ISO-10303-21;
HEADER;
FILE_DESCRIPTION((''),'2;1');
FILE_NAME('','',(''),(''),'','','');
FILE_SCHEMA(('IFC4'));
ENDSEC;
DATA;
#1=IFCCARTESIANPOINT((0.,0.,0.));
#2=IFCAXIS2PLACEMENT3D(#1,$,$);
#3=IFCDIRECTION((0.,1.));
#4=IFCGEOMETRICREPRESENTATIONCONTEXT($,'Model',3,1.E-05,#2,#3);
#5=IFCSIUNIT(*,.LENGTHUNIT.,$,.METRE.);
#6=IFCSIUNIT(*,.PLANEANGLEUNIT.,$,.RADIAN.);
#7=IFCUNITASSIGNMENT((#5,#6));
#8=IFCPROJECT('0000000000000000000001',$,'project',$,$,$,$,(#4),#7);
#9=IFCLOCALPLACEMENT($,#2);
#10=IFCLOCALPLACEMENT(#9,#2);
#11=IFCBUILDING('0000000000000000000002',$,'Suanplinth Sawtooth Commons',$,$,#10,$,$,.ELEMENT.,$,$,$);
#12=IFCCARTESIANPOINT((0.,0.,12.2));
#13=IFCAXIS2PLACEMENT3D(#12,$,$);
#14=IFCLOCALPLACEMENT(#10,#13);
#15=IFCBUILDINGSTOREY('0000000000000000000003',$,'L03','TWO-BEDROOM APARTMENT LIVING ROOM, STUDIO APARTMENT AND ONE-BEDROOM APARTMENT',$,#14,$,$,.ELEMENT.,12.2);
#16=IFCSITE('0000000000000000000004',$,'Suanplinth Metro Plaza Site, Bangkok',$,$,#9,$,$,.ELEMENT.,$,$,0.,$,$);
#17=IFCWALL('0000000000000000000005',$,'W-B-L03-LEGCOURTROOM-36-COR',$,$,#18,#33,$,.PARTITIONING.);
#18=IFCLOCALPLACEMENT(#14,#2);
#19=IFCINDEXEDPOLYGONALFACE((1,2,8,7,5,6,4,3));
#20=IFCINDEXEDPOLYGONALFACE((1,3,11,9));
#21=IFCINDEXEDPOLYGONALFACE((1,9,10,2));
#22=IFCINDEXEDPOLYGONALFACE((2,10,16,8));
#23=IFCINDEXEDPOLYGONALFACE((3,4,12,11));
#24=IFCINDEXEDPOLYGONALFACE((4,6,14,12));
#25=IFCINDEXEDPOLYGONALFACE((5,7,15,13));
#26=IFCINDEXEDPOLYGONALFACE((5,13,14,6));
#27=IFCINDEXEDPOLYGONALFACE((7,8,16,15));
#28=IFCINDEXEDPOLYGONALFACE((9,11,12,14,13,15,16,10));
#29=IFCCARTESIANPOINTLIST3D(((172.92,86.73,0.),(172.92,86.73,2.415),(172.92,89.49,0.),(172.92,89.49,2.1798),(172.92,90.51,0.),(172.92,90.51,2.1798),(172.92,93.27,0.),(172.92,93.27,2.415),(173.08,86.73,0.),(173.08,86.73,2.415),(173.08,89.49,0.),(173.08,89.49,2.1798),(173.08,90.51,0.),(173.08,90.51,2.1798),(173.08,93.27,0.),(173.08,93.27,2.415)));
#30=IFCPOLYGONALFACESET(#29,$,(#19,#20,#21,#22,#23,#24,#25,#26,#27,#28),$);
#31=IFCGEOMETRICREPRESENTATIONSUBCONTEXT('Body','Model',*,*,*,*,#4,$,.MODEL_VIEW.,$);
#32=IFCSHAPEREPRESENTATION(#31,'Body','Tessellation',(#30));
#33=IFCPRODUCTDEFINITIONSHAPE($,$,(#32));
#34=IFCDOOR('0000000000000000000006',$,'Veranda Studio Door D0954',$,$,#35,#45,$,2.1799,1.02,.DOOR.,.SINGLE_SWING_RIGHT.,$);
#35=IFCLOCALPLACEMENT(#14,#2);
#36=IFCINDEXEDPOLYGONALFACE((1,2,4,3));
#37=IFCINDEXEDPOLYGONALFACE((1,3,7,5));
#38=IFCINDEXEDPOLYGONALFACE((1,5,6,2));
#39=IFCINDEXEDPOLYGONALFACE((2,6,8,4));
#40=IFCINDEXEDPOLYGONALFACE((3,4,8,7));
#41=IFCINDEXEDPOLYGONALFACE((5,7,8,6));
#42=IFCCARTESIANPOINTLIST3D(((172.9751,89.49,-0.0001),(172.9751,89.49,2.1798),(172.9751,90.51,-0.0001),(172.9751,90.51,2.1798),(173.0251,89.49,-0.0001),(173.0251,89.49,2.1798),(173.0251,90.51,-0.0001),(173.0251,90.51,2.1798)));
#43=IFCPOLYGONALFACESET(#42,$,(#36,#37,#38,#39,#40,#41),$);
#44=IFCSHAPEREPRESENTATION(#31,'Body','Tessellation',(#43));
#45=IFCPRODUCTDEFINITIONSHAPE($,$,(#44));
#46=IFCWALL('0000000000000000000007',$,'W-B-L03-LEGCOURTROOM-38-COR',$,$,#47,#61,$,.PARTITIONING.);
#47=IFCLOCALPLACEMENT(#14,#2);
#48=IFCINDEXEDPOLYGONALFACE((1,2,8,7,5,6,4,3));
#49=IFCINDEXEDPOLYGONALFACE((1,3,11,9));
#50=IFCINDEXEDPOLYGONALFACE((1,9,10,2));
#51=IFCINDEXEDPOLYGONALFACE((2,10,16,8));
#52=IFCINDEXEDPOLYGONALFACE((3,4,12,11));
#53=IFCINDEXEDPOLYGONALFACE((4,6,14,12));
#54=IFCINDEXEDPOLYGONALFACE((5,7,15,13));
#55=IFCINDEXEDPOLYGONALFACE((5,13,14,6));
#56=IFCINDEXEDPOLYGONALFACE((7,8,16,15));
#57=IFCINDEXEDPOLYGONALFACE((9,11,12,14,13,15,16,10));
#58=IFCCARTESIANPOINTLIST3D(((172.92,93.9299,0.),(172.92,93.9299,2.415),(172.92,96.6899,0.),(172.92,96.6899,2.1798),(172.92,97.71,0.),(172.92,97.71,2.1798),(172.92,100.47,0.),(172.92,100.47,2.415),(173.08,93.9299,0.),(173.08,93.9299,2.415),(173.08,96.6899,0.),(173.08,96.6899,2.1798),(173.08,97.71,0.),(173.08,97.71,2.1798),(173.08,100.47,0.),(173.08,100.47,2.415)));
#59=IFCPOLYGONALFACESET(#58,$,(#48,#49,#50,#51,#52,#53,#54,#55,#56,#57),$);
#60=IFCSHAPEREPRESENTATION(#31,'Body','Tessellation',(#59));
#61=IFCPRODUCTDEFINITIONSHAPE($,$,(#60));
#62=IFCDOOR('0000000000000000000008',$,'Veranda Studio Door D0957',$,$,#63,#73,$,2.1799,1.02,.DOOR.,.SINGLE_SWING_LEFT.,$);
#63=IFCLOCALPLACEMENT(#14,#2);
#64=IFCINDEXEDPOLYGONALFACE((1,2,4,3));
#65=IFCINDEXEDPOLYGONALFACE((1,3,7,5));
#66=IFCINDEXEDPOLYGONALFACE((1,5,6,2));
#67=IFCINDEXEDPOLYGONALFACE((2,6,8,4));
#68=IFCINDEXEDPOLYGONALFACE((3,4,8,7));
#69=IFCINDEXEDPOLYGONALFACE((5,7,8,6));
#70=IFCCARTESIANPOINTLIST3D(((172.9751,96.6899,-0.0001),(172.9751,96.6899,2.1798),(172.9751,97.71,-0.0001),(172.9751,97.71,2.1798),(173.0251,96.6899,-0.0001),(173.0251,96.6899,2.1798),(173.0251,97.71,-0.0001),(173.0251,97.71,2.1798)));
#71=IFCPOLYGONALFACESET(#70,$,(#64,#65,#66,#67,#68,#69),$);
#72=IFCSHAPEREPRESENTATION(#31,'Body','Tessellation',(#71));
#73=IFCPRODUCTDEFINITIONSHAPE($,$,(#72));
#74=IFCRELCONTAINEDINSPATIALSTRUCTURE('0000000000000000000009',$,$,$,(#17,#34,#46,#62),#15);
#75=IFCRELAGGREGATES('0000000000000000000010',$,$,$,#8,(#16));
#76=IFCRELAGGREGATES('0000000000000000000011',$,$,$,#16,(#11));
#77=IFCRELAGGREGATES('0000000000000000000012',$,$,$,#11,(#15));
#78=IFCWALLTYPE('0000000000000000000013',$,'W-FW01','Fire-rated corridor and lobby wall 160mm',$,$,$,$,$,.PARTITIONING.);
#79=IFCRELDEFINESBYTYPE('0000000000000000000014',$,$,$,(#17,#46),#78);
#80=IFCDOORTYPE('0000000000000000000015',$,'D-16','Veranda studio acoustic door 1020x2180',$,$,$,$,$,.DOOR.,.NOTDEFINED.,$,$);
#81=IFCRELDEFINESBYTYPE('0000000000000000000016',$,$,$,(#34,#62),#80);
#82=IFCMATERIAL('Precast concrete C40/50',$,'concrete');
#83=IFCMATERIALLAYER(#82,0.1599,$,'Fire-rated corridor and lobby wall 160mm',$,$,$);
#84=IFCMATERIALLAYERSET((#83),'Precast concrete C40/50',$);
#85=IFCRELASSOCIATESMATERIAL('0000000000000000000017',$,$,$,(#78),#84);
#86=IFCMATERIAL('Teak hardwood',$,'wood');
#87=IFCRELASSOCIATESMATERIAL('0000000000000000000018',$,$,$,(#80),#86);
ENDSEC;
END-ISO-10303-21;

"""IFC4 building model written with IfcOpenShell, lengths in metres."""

from ifc_helpers import new_model, si_unit, direction, frame, frame_2d, origin, place, context, subcontext, project, spatial, rectangle, extrude, material, layer, layer_set, type_object, element, fill, save


model = new_model("IFC4")

# Units and contexts
model_context = context("Model", 3, precision=1e-05, world=origin(), true_north=direction((0.0, 1.0)))
body_context = subcontext(model_context, "Body", "Model", "MODEL_VIEW")
ifc_project = project(units=[si_unit("LENGTHUNIT", "METRE"), si_unit("PLANEANGLEUNIT", "RADIAN")], contexts=[model_context])

# Site, building, storey
site_placement = place(None, origin())
site = spatial("IfcSite", under=ifc_project, at=site_placement, Name="Suanplinth Metro Plaza Site, Bangkok", CompositionType="ELEMENT", RefElevation=0.0)
building_placement = place(site_placement, origin())
building = spatial("IfcBuilding", under=site, at=building_placement, Name="Suanplinth Sawtooth Commons", CompositionType="ELEMENT")
storey_placement = place(building_placement, frame((0.0, 0.0, 12.2)))
storey = spatial("IfcBuildingStorey", under=building, at=storey_placement, Name="L03", Description="TWO-BEDROOM APARTMENT LIVING ROOM, STUDIO APARTMENT AND ONE-BEDROOM APARTMENT", CompositionType="ELEMENT", Elevation=12.2)

# Shared definitions
ifc_material_1 = material(Name="Precast concrete C40/50", Category="concrete")

# Walls, openings, doors
ifc_layer_1 = layer(ifc_material_1, 0.1599, Name="Fire-rated corridor and lobby wall 160mm")
ifc_layer_set_1 = layer_set([ifc_layer_1], Name="Precast concrete C40/50")
wall_type_1 = type_object("IfcWallType", Name="W-FW01", Description="Fire-rated corridor and lobby wall 160mm", PredefinedType="PARTITIONING", material=ifc_layer_set_1)
wall_1_placement = place(storey_placement, frame((173.0, 86.73, 0.0), z_axis=(0.0, 0.0, 1.0), x_axis=(0.0, 1.0, 0.0)))
wall_1 = element("IfcWall", 1, at=wall_1_placement, inside=storey, type_object=wall_type_1, Name="W-B-L03-LEGCOURTROOM-36-COR", PredefinedType="PARTITIONING", context=body_context, shape_type="SweptSolid", body=[
    extrude(rectangle(XDim=6.54, YDim=0.1599, at=frame_2d((3.27, 0.0))), origin(), (0.0, 0.0, 1.0), 2.415),
])
opening_1_placement = place(wall_1_placement, frame((2.76, 0.0, 0.0)))
opening_1 = element("IfcOpeningElement", 2, at=opening_1_placement, cuts=wall_1, PredefinedType="OPENING", context=body_context, shape_type="SweptSolid", body=[
    extrude(rectangle(XDim=1.02, YDim=2.1799, at=frame_2d((0.51, 1.0898))), frame((0.0, 0.0947, 0.0), z_axis=(0.0, -1.0, 0.0), x_axis=(1.0, 0.0, 0.0)), (0.0, 0.0, 1.0), 0.1897),
])
ifc_material_2 = material(Name="Teak hardwood", Category="wood")
door_type_1 = type_object("IfcDoorType", Name="D-16", Description="Veranda studio acoustic door 1020x2180", OperationType="NOTDEFINED", PredefinedType="DOOR", material=ifc_material_2)
door_1_placement = place(opening_1_placement, origin())
door_1 = element("IfcDoor", 3, at=door_1_placement, inside=storey, type_object=door_type_1, Name="Veranda Studio Door D0954", OperationType="SINGLE_SWING_RIGHT", OverallHeight=2.1799, OverallWidth=1.02, PredefinedType="DOOR", context=body_context, shape_type="SweptSolid", body=[
    extrude(rectangle(XDim=1.02, YDim=2.1799, at=frame_2d((0.51, 1.0898))), frame((0.0, 0.0249, 0.0), z_axis=(0.0, -1.0, 0.0), x_axis=(1.0, 0.0, 0.0)), (0.0, 0.0, 1.0), 0.05),
])
fill(opening_1, door_1)
wall_2_placement = place(storey_placement, frame((173.0, 93.9299, 0.0), z_axis=(0.0, 0.0, 1.0), x_axis=(0.0, 1.0, 0.0)))
wall_2 = element("IfcWall", 4, at=wall_2_placement, inside=storey, type_object=wall_type_1, Name="W-B-L03-LEGCOURTROOM-38-COR", PredefinedType="PARTITIONING", context=body_context, shape_type="SweptSolid", body=[
    extrude(rectangle(XDim=6.54, YDim=0.1599, at=frame_2d((3.27, 0.0))), origin(), (0.0, 0.0, 1.0), 2.415),
])
opening_2_placement = place(wall_2_placement, frame((2.76, 0.0, 0.0)))
opening_2 = element("IfcOpeningElement", 5, at=opening_2_placement, cuts=wall_2, PredefinedType="OPENING", context=body_context, shape_type="SweptSolid", body=[
    extrude(rectangle(XDim=1.02, YDim=2.1799, at=frame_2d((0.51, 1.0898))), frame((0.0, 0.0947, 0.0), z_axis=(0.0, -1.0, 0.0), x_axis=(1.0, 0.0, 0.0)), (0.0, 0.0, 1.0), 0.1897),
])
door_2_placement = place(opening_2_placement, origin())
door_2 = element("IfcDoor", 6, at=door_2_placement, inside=storey, type_object=door_type_1, Name="Veranda Studio Door D0957", OperationType="SINGLE_SWING_LEFT", OverallHeight=2.1799, OverallWidth=1.02, PredefinedType="DOOR", context=body_context, shape_type="SweptSolid", body=[
    extrude(rectangle(XDim=1.02, YDim=2.1799, at=frame_2d((0.51, 1.0898))), frame((0.0, 0.0249, 0.0), z_axis=(0.0, -1.0, 0.0), x_axis=(1.0, 0.0, 0.0)), (0.0, 0.0, 1.0), 0.05),
])
fill(opening_2, door_2)

save(model, "model.ifc")
